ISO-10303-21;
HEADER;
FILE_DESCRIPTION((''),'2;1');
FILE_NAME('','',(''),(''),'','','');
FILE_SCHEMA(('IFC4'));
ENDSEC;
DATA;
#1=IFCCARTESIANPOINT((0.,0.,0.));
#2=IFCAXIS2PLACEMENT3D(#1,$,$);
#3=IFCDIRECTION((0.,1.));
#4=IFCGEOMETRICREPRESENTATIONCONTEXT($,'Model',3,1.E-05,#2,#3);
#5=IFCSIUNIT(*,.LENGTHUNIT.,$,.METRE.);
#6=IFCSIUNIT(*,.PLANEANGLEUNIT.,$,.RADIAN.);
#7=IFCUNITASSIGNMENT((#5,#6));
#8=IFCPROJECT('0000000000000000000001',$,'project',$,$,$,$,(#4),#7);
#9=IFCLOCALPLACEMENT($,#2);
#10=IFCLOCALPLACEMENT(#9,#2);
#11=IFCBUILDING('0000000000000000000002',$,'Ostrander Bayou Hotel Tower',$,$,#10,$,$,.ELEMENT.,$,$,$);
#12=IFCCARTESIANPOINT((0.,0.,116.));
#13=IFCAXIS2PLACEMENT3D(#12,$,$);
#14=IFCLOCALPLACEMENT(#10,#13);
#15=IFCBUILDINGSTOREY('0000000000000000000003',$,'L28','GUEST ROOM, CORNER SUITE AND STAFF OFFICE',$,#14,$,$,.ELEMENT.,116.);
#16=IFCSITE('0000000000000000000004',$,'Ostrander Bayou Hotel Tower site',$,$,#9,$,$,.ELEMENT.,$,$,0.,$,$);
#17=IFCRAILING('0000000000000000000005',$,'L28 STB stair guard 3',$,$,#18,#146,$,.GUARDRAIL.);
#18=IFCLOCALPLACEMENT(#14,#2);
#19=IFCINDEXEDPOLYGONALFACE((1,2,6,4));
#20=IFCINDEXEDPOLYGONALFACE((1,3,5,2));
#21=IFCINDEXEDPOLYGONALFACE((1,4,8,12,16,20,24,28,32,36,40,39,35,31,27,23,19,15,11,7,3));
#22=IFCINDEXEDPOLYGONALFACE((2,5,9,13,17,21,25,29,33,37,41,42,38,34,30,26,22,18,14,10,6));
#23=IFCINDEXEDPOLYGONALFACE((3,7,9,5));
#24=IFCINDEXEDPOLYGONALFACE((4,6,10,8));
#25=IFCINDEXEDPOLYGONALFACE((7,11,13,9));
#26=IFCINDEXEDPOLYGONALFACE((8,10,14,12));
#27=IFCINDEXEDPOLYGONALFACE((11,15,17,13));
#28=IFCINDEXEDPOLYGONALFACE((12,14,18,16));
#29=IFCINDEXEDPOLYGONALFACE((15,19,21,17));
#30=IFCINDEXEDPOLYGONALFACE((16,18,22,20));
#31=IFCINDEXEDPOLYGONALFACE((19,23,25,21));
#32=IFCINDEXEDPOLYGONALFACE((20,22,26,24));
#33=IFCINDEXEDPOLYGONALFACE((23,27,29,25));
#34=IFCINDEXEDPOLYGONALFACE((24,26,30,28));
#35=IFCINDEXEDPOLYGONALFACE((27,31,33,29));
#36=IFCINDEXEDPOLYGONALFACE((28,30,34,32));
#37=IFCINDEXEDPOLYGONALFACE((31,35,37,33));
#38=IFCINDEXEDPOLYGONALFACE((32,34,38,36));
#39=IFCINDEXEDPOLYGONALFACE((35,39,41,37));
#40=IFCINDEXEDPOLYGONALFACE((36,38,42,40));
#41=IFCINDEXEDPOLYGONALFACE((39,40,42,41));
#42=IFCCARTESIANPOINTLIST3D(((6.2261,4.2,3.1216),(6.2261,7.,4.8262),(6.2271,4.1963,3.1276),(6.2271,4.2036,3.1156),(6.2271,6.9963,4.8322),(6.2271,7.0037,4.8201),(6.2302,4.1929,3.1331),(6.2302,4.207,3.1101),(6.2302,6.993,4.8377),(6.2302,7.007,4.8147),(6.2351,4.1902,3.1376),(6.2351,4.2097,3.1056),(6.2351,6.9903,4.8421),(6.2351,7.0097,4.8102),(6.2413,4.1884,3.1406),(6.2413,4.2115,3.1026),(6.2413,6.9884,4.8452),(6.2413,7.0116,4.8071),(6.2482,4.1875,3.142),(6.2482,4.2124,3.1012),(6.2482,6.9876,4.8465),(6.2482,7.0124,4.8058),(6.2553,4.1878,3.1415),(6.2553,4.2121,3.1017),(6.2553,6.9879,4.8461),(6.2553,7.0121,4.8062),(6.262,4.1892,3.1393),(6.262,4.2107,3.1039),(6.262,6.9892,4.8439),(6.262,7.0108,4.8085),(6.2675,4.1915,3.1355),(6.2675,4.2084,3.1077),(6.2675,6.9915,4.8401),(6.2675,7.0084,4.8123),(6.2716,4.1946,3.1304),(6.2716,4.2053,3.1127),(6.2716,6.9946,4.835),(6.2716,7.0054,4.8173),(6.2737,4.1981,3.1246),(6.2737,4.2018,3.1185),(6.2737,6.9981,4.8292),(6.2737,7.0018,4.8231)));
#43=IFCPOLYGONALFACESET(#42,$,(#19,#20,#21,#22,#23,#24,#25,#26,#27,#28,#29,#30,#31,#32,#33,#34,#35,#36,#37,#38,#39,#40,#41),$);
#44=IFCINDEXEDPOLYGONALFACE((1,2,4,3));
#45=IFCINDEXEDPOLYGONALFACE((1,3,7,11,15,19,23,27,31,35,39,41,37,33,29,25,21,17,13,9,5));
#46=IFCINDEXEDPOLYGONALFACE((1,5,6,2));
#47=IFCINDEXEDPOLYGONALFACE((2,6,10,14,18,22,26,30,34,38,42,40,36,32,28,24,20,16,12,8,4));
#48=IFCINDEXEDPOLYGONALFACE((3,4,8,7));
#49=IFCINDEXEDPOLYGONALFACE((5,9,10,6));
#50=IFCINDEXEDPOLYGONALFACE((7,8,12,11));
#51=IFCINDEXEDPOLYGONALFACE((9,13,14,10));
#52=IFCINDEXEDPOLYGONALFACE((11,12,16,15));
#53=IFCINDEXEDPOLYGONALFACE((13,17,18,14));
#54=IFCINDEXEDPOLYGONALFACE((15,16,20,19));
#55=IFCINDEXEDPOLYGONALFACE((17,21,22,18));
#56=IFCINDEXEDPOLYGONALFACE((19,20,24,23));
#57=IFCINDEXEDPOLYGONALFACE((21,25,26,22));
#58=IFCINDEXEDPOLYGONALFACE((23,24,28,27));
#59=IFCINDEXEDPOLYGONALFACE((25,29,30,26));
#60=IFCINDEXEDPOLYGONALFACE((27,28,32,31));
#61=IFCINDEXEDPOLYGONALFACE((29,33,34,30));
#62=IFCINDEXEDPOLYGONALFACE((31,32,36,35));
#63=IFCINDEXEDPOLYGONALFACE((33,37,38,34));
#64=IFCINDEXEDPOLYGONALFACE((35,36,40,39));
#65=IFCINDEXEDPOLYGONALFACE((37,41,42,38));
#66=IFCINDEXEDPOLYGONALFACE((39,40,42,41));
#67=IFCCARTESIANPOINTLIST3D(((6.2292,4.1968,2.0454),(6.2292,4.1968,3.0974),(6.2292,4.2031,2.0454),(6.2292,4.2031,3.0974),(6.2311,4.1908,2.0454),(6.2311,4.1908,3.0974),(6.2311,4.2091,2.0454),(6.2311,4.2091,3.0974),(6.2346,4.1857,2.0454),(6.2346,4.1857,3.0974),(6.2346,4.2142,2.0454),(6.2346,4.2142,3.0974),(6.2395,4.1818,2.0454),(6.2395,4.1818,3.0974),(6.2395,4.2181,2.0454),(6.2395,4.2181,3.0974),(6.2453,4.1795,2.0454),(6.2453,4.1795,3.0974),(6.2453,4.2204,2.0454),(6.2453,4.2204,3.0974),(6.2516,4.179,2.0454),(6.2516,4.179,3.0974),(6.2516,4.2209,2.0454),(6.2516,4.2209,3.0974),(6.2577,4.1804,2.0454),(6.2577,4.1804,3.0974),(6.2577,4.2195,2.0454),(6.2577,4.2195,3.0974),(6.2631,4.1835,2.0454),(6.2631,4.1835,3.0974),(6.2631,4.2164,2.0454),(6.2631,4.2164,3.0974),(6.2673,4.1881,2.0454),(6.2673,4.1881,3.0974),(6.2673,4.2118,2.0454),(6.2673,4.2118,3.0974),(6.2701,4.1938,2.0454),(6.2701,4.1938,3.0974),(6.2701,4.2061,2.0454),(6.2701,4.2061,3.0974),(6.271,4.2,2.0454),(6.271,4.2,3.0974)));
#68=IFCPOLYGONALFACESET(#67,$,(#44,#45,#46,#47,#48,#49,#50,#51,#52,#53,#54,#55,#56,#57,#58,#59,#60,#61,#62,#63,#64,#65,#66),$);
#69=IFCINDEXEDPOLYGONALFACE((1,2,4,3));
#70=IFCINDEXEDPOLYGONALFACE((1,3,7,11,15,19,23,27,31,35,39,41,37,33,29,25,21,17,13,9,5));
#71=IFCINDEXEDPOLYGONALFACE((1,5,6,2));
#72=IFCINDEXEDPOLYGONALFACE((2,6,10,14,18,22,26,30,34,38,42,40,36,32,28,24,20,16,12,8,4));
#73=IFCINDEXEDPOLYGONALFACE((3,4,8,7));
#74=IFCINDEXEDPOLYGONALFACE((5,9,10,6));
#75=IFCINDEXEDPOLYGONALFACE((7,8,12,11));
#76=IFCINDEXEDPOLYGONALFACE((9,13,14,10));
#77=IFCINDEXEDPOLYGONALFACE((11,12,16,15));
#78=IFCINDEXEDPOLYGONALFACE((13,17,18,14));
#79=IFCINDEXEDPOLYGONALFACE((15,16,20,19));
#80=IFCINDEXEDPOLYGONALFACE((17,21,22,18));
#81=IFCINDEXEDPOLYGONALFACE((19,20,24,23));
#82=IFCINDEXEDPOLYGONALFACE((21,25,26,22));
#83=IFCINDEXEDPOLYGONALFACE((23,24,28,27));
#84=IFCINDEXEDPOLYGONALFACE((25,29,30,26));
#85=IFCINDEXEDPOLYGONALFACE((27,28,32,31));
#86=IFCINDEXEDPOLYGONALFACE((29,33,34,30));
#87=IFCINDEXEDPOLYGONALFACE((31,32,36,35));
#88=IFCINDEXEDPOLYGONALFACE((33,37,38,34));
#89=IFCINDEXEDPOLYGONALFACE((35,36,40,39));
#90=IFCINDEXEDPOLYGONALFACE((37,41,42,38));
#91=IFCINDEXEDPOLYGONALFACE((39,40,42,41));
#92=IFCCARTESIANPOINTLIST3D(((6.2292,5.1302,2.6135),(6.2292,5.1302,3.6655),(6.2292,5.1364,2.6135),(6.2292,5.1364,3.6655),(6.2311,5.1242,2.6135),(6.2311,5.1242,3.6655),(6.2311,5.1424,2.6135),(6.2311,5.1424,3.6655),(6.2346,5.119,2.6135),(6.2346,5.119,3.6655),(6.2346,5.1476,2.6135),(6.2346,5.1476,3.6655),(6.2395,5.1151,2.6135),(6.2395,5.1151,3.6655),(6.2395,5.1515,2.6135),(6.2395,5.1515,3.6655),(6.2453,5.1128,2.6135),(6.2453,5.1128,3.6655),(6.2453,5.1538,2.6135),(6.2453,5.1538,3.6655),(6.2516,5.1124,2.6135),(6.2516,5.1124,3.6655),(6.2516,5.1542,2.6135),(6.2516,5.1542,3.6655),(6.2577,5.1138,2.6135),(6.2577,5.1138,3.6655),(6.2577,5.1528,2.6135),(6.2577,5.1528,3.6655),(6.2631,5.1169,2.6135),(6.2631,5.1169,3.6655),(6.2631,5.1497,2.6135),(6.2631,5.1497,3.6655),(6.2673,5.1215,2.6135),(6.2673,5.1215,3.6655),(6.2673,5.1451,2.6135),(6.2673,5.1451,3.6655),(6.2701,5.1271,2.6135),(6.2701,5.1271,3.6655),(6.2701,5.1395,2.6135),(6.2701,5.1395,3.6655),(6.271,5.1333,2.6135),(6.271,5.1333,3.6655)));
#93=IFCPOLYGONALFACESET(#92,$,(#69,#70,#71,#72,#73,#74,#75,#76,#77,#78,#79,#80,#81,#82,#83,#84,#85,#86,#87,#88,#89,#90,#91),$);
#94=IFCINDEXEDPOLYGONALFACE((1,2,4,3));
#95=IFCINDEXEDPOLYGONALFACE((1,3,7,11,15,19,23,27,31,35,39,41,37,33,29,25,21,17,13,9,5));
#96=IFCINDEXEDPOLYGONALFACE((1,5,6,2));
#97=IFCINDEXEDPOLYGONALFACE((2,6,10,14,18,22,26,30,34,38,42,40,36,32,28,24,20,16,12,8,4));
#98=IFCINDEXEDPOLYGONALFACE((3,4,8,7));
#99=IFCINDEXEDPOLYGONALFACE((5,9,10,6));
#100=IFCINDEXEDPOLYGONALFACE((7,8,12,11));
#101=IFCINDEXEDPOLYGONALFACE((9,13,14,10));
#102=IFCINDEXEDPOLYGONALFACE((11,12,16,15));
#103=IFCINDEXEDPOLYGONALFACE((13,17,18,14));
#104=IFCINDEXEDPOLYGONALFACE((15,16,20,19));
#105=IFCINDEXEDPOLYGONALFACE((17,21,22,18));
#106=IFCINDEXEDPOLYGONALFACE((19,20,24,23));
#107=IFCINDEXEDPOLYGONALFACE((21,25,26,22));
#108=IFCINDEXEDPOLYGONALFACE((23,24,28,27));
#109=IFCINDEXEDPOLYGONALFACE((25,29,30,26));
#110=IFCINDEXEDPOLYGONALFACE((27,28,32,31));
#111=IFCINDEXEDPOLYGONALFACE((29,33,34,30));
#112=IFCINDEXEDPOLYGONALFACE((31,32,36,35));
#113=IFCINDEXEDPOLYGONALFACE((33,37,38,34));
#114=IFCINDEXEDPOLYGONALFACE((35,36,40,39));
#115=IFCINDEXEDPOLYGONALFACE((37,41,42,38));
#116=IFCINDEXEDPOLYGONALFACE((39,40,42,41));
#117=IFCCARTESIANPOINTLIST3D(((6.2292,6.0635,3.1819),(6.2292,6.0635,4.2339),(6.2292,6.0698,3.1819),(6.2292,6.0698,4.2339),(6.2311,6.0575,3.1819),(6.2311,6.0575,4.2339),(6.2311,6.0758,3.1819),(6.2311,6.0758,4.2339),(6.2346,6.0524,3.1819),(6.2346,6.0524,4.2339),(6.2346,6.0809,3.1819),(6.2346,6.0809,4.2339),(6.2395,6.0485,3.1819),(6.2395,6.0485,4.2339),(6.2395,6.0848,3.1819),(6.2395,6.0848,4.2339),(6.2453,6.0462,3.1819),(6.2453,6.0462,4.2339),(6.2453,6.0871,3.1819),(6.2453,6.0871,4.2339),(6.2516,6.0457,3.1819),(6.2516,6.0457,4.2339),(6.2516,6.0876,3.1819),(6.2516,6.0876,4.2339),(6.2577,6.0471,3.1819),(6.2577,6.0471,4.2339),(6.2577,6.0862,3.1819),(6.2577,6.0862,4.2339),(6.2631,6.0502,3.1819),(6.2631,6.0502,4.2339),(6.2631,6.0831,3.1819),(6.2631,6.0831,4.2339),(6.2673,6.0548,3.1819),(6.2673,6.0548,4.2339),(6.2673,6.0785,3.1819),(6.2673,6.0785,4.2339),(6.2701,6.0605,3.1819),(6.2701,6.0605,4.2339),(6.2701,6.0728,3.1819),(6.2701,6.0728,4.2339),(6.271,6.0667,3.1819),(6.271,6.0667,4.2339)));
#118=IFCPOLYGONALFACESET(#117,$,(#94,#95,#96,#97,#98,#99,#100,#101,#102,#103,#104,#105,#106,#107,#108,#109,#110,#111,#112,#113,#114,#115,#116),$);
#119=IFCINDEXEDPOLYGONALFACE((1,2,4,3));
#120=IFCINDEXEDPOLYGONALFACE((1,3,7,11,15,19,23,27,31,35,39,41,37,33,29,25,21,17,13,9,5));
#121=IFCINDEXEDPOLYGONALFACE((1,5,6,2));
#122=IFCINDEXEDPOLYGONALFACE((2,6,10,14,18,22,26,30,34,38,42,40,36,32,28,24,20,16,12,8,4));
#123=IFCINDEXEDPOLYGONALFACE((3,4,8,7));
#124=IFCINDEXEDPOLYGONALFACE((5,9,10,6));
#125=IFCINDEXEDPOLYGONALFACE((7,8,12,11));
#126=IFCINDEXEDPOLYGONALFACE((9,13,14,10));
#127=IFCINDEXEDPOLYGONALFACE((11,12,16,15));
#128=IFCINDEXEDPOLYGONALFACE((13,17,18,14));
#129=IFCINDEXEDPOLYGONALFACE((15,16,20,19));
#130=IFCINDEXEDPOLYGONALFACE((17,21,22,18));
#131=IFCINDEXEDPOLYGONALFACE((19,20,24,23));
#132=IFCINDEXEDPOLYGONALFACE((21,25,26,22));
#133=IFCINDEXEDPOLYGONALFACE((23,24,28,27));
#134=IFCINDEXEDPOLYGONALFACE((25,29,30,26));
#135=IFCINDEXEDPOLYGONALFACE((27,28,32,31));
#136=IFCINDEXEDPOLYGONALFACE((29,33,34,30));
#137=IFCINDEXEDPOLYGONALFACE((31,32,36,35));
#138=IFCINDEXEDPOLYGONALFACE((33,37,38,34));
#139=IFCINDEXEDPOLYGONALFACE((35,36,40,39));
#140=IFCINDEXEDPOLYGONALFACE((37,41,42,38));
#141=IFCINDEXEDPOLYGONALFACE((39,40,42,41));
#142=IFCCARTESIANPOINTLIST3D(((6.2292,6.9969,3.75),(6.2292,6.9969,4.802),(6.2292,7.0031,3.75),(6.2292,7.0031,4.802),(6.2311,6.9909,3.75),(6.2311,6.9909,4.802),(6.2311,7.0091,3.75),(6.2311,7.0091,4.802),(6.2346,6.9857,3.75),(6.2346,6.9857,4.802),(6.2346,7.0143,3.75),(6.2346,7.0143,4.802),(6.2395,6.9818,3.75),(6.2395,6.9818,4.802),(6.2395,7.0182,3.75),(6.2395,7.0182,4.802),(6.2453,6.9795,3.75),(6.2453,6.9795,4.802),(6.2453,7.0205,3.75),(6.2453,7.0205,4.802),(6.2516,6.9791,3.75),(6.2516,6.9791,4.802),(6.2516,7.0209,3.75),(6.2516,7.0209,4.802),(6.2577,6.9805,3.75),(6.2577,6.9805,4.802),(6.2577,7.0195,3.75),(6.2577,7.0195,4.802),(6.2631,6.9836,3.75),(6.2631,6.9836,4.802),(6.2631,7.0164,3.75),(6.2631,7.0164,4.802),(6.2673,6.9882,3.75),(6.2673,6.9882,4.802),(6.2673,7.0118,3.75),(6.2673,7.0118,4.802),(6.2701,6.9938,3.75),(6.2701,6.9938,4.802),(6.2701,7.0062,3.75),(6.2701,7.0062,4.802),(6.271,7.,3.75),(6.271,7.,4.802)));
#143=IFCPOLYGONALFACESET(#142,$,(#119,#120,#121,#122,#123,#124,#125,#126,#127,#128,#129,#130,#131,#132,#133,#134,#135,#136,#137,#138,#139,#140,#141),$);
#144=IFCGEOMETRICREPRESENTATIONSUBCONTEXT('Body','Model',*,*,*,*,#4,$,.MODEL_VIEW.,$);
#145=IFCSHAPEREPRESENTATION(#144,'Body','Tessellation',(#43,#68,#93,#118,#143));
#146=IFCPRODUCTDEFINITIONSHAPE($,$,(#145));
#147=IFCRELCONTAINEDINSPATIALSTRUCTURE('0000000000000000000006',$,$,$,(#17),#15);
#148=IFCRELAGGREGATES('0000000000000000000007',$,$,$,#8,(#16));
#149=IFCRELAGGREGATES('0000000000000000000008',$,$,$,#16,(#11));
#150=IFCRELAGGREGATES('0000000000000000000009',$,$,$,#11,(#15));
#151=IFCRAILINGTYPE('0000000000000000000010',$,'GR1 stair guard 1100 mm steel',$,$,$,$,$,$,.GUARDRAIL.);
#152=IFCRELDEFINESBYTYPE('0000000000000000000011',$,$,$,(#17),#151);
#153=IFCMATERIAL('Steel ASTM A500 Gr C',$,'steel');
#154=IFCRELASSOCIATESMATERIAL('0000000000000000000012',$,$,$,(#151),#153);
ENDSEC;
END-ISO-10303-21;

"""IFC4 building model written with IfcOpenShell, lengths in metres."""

from ifc_helpers import new_model, si_unit, direction, frame, origin, origin_2d, place, context, subcontext, project, spatial, circle, extrude, material, type_object, element, save


model = new_model("IFC4")

# Units and contexts
model_context = context("Model", 3, precision=1e-05, world=origin(), true_north=direction((0.0, 1.0)))
body_context = subcontext(model_context, "Body", "Model", "MODEL_VIEW")
ifc_project = project(units=[si_unit("LENGTHUNIT", "METRE"), si_unit("PLANEANGLEUNIT", "RADIAN")], contexts=[model_context])

# Site, building, storey
site_placement = place(None, origin())
site = spatial("IfcSite", under=ifc_project, at=site_placement, Name="Ostrander Bayou Hotel Tower site", CompositionType="ELEMENT", RefElevation=0.0)
building_placement = place(site_placement, origin())
building = spatial("IfcBuilding", under=site, at=building_placement, Name="Ostrander Bayou Hotel Tower", CompositionType="ELEMENT")
storey_placement = place(building_placement, frame((0.0, 0.0, 116.0)))
storey = spatial("IfcBuildingStorey", under=building, at=storey_placement, Name="L28", Description="GUEST ROOM, CORNER SUITE AND STAFF OFFICE", CompositionType="ELEMENT", Elevation=116.0)

# Railing
ifc_material_1 = material(Name="Steel ASTM A500 Gr C", Category="steel")
railing_type = type_object("IfcRailingType", Name="GR1 stair guard 1100 mm steel", PredefinedType="GUARDRAIL", material=ifc_material_1)
railing_1_placement = place(storey_placement, frame((6.25, 4.2, 2.0454)))
element("IfcRailing", 1, at=railing_1_placement, inside=storey, type_object=railing_type, Name="L28 STB stair guard 3", PredefinedType="GUARDRAIL", context=body_context, shape_type="SweptSolid", body=[
    extrude(circle(Radius=0.0239, at=origin_2d()), frame((0.0, 0.0, 1.0762), z_axis=(0.0, 0.85417, 0.519994), x_axis=(-1.0, 0.0, 0.0)), (0.0, 0.0, 1.0), 3.2781),
    extrude(circle(Radius=0.021, at=origin_2d()), origin(), (0.0, 0.0, 1.0), 1.052),
    extrude(circle(Radius=0.021, at=origin_2d()), frame((0.0, 0.9333, 0.5681)), (0.0, 0.0, 1.0), 1.052),
    extrude(circle(Radius=0.021, at=origin_2d()), frame((0.0, 1.8667, 1.1365)), (0.0, 0.0, 1.0), 1.052),
    extrude(circle(Radius=0.021, at=origin_2d()), frame((0.0, 2.8, 1.7046)), (0.0, 0.0, 1.0), 1.052),
])

save(model, "model.ifc")
